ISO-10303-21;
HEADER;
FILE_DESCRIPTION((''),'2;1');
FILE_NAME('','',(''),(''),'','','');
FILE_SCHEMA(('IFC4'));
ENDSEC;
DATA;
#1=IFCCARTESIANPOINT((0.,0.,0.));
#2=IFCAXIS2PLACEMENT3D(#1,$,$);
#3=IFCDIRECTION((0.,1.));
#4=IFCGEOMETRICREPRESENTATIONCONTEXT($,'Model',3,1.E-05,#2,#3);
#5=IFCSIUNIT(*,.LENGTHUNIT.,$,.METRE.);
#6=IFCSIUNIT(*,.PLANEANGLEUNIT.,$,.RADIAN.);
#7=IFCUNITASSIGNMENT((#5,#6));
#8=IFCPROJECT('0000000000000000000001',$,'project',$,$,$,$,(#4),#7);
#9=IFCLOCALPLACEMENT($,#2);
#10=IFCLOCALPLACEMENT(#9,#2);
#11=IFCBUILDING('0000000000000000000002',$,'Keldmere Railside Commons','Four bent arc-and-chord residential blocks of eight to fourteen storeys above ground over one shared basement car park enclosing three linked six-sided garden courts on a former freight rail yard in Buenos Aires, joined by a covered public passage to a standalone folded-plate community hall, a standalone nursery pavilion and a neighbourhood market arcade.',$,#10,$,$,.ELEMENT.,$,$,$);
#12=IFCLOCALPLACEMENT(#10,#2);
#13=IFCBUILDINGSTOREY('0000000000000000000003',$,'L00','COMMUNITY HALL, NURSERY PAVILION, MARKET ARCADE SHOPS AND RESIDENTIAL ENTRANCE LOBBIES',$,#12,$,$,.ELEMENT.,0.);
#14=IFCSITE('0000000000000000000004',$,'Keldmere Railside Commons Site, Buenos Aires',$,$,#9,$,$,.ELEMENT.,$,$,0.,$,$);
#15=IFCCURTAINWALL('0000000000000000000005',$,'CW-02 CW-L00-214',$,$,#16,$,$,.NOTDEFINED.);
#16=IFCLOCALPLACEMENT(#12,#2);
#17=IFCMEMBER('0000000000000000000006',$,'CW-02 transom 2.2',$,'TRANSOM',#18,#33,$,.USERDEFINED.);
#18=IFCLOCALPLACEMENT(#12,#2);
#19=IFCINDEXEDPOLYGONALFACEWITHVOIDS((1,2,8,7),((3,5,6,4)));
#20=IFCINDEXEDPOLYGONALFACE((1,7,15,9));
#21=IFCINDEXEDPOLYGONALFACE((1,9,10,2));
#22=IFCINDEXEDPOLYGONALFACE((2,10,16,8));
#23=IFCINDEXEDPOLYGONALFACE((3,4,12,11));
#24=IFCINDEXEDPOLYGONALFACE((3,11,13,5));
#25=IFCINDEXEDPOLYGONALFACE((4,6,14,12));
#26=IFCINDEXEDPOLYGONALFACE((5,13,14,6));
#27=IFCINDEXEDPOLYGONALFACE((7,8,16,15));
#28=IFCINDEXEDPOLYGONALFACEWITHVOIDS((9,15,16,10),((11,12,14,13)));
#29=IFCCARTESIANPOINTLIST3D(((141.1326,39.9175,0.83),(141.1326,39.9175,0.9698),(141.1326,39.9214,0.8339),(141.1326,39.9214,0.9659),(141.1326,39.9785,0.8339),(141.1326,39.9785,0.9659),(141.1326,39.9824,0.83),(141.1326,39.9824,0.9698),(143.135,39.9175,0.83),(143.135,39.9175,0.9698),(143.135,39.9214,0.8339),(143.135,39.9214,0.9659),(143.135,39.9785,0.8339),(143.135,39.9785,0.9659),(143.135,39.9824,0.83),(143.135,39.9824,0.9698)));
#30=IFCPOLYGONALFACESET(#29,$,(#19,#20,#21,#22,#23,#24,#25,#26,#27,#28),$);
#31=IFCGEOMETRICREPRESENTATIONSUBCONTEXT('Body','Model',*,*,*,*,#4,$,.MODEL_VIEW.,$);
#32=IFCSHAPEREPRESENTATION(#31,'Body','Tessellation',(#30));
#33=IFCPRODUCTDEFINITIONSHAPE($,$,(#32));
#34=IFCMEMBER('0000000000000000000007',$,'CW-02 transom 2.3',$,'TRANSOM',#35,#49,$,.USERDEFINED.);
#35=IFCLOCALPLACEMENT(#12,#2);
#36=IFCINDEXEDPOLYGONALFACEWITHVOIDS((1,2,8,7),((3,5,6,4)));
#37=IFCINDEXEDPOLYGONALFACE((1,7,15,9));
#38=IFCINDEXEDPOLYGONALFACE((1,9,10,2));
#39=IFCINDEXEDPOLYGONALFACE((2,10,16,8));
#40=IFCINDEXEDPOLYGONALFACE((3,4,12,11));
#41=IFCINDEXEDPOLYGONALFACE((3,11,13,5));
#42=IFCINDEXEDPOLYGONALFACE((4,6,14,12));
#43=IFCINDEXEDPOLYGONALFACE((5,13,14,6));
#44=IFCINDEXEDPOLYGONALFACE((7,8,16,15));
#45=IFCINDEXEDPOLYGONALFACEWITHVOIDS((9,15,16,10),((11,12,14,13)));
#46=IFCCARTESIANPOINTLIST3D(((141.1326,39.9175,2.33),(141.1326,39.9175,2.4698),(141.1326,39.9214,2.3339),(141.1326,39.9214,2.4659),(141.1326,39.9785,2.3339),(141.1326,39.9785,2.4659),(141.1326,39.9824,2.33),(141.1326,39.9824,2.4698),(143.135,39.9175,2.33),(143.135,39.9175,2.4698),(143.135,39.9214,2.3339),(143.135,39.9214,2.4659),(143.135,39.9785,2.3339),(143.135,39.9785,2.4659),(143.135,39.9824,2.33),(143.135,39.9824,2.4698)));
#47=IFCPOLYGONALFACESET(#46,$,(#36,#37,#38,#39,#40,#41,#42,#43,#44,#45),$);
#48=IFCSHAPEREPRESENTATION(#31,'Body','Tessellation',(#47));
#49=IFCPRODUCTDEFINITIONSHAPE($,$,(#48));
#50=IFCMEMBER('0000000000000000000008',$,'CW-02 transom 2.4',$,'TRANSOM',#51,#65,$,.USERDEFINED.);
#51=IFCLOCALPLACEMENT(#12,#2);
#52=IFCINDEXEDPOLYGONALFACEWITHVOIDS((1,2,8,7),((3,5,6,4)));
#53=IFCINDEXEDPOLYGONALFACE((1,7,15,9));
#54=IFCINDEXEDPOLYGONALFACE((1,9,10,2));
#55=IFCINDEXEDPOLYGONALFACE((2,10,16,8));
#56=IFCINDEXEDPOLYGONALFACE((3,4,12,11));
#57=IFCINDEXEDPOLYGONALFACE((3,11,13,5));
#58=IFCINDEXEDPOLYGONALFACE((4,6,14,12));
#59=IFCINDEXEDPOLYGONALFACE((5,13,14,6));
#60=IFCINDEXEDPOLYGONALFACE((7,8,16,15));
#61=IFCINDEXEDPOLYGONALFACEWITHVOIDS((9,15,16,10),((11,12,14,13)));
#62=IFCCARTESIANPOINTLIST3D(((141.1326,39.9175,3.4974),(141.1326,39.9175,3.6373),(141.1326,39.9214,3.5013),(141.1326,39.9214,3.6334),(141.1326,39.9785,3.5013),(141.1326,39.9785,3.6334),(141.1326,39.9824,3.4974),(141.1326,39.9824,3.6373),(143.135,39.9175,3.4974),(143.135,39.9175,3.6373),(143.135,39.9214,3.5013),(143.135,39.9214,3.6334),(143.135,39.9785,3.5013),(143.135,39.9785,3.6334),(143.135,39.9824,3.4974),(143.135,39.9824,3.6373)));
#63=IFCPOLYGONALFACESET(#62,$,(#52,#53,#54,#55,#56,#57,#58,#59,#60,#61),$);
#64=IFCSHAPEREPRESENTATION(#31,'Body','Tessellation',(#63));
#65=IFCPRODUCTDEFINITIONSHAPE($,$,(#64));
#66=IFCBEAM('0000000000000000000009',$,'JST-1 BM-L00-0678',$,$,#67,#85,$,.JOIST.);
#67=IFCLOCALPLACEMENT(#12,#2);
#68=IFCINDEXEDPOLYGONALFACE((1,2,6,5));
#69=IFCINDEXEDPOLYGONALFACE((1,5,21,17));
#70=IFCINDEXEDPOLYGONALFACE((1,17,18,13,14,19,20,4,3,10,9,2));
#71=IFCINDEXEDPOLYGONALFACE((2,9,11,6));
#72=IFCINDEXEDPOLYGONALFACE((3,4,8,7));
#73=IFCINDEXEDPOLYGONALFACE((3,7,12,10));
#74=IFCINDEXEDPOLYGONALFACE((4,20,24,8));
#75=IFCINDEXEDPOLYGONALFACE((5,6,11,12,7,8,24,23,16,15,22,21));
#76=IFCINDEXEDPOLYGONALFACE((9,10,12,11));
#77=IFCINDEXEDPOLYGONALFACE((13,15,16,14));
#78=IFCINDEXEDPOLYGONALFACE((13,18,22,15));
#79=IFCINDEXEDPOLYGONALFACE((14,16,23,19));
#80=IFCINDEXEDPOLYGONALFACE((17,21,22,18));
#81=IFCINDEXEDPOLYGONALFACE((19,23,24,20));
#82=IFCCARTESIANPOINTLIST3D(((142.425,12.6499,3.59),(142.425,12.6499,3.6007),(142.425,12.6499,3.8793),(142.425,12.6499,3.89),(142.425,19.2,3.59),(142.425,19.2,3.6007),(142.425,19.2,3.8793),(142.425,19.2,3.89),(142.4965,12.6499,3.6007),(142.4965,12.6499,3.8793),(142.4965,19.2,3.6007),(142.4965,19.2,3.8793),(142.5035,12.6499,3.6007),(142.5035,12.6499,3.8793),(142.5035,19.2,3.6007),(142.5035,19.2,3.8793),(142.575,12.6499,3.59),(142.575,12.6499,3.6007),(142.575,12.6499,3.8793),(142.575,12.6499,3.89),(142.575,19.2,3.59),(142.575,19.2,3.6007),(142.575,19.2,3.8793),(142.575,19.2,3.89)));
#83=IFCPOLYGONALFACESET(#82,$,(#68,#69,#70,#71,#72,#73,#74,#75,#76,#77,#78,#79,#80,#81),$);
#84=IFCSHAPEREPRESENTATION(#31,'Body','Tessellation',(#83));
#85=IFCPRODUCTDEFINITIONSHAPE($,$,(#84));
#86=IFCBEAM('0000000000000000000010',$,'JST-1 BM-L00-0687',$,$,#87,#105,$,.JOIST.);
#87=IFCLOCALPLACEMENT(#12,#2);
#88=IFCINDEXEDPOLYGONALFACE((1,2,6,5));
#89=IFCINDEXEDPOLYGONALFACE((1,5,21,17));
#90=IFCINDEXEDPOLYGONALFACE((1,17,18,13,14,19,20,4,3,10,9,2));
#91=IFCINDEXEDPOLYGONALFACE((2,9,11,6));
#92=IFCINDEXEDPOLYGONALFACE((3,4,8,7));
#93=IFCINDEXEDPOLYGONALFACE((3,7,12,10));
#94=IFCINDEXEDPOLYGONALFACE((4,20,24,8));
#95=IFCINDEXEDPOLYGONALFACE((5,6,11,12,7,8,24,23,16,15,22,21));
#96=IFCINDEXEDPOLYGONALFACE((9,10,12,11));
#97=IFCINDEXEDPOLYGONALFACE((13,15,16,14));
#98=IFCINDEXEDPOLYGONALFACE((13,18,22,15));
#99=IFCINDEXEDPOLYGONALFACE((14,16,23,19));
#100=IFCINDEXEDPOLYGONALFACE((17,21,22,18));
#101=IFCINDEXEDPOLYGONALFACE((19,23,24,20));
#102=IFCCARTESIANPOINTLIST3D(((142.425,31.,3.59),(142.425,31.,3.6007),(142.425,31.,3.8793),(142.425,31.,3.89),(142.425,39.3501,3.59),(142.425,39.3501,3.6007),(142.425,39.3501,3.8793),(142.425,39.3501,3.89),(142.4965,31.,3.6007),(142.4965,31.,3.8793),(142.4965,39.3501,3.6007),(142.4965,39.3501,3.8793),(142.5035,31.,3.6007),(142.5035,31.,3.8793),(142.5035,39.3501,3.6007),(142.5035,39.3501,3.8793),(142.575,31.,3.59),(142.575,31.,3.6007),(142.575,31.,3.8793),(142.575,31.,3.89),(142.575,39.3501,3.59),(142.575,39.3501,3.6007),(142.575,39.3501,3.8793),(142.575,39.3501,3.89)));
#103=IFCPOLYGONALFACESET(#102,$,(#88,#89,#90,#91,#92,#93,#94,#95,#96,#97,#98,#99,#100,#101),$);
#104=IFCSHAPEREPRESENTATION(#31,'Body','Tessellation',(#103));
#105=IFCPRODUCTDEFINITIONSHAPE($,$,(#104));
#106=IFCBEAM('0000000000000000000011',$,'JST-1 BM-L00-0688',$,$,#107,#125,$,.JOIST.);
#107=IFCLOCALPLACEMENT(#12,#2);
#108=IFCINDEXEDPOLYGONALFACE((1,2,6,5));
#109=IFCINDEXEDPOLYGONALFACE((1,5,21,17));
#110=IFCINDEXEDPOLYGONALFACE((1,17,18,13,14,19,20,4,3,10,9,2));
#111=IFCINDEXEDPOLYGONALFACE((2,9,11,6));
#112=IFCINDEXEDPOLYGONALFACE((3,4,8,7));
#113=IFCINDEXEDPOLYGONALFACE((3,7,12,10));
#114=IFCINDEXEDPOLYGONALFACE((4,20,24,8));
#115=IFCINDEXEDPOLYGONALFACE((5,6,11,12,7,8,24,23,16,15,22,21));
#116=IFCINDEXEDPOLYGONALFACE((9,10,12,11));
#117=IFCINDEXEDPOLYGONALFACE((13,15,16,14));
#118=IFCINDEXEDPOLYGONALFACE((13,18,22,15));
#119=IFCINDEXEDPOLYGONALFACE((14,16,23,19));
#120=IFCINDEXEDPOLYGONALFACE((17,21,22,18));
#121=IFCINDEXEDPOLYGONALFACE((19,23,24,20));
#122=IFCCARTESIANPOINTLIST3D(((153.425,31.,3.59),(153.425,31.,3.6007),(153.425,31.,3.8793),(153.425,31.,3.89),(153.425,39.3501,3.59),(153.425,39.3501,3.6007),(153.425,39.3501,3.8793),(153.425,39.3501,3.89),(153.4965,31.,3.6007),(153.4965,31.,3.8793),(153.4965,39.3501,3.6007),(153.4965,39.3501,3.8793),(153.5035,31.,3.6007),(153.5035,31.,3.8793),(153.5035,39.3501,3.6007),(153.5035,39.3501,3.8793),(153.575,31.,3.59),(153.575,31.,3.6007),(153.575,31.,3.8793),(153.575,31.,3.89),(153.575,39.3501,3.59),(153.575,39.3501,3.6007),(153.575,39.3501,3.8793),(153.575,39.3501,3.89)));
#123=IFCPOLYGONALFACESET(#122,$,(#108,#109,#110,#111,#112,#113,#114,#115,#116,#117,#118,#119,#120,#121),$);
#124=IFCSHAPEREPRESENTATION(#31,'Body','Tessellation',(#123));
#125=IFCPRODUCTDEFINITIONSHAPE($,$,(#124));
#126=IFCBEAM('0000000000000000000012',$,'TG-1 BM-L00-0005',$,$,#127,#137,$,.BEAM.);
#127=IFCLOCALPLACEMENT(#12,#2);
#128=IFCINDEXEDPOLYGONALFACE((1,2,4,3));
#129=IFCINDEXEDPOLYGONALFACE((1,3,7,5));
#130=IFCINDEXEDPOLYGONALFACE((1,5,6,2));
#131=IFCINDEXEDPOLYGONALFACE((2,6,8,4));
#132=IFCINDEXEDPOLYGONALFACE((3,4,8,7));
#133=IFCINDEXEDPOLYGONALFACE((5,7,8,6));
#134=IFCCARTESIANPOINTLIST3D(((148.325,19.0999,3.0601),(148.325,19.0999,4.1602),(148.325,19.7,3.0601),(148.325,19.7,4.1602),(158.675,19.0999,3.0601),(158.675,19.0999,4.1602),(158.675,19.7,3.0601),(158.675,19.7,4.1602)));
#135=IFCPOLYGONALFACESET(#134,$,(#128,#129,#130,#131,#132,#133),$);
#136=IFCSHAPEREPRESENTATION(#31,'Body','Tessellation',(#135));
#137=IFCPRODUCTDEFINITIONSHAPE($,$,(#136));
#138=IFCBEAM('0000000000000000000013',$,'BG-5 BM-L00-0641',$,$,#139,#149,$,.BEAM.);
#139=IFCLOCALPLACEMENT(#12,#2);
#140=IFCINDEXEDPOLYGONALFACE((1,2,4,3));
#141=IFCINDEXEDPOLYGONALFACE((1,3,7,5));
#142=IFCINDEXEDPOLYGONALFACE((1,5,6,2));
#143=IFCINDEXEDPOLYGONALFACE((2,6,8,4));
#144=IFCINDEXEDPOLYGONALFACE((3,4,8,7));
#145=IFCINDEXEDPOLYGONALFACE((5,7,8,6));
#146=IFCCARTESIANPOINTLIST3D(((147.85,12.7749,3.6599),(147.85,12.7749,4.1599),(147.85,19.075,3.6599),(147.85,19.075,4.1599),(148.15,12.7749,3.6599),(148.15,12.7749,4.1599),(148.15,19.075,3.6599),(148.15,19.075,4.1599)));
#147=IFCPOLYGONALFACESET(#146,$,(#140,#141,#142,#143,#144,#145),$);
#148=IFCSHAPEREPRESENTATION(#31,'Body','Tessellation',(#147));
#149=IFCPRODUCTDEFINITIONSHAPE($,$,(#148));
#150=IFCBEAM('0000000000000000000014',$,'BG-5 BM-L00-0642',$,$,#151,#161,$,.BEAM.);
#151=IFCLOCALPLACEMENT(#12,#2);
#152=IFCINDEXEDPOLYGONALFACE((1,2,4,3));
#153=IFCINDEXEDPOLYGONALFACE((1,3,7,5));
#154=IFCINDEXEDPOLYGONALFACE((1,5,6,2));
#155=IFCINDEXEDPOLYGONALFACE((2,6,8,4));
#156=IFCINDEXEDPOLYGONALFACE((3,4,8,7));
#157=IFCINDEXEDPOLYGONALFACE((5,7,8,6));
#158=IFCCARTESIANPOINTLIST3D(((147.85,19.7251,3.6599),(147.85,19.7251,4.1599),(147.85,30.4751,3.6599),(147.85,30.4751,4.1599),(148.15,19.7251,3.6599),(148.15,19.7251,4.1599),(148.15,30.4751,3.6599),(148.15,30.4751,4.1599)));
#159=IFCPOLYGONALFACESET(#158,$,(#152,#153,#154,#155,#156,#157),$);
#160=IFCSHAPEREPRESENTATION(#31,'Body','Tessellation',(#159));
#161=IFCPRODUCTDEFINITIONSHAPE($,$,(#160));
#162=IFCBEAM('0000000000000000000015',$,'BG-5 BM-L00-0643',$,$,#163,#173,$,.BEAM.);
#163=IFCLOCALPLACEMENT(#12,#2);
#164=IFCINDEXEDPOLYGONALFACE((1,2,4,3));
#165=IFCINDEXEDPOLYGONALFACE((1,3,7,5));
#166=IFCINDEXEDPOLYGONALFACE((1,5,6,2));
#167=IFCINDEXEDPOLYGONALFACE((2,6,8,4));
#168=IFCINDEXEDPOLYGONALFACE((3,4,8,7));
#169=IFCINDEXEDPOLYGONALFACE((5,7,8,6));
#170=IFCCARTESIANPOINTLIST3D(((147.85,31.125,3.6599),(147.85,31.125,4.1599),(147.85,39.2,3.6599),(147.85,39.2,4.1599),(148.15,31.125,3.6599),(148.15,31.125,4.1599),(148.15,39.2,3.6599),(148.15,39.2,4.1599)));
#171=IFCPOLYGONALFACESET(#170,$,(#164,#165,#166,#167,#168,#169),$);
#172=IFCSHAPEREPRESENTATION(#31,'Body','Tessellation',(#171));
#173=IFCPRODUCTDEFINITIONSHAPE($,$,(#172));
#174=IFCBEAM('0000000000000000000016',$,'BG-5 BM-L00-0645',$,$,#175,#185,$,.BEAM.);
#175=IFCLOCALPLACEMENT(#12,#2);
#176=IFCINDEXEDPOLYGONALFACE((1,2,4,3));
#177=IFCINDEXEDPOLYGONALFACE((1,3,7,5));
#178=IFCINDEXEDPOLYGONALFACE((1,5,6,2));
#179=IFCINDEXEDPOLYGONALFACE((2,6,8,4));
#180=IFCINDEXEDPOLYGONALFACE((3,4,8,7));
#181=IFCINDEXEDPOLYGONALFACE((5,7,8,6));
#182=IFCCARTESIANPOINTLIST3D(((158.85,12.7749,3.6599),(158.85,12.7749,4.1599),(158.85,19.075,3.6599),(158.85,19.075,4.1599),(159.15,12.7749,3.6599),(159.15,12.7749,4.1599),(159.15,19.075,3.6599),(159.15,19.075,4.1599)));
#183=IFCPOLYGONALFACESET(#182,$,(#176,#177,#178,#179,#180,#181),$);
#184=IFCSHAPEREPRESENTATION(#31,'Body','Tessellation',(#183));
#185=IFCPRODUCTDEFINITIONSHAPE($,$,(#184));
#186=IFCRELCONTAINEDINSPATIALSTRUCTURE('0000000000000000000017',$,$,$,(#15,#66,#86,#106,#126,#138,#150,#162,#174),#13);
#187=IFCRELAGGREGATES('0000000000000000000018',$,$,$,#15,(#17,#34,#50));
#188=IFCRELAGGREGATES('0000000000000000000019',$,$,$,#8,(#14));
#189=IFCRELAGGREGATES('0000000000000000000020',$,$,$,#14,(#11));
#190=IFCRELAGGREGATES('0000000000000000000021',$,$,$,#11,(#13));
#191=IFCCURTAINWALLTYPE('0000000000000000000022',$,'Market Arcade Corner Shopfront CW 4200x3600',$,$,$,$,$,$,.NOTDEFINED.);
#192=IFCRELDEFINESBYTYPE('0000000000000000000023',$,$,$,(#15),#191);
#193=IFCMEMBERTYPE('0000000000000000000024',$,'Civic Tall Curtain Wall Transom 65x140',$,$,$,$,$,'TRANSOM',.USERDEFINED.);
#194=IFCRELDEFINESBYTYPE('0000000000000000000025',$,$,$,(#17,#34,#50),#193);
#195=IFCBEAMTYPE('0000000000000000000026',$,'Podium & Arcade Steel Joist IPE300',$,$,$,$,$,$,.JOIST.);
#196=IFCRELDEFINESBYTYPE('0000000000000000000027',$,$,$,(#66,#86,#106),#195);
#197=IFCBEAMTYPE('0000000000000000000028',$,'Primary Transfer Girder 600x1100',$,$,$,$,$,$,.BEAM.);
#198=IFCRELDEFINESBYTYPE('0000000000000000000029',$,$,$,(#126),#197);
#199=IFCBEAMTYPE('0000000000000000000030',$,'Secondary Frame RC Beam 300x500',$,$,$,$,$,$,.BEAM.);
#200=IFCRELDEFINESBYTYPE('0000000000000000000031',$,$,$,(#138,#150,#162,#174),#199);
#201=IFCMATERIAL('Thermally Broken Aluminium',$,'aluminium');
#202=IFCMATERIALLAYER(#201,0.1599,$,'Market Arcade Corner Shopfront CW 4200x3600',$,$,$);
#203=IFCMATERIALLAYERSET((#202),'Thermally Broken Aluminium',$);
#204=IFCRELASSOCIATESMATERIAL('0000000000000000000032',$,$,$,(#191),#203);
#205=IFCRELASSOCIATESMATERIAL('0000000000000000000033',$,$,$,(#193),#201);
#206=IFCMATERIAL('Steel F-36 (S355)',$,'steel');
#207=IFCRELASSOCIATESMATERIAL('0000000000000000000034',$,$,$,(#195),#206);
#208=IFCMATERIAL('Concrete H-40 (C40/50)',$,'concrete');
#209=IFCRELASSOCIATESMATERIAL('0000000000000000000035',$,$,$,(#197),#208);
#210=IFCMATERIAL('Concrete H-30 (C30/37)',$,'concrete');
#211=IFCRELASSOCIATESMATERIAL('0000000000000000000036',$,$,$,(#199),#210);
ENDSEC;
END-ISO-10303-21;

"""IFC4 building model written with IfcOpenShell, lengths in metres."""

from ifc_helpers import new_model, si_unit, direction, frame, origin, origin_2d, place, context, subcontext, project, spatial, rectangle, hollow_rectangle, i_section, extrude, material, layer, layer_set, material_profile, profile_set, type_object, element, aggregate, save


model = new_model("IFC4")

# Units and contexts
model_context = context("Model", 3, precision=1e-05, world=origin(), true_north=direction((0.0, 1.0)))
body_context = subcontext(model_context, "Body", "Model", "MODEL_VIEW")
ifc_project = project(units=[si_unit("LENGTHUNIT", "METRE"), si_unit("PLANEANGLEUNIT", "RADIAN")], contexts=[model_context])

# Site, building, storey
site_placement = place(None, origin())
site = spatial("IfcSite", under=ifc_project, at=site_placement, Name="Keldmere Railside Commons Site, Buenos Aires", CompositionType="ELEMENT", RefElevation=0.0)
building_placement = place(site_placement, origin())
building = spatial("IfcBuilding", under=site, at=building_placement, Name="Keldmere Railside Commons", Description="Four bent arc-and-chord residential blocks of eight to fourteen storeys above ground over one shared basement car park enclosing three linked six-sided garden courts on a former freight rail yard in Buenos Aires, joined by a covered public passage to a standalone folded-plate community hall, a standalone nursery pavilion and a neighbourhood market arcade.", CompositionType="ELEMENT")
storey_placement = place(building_placement, origin())
storey = spatial("IfcBuildingStorey", under=building, at=storey_placement, Name="L00", Description="COMMUNITY HALL, NURSERY PAVILION, MARKET ARCADE SHOPS AND RESIDENTIAL ENTRANCE LOBBIES", CompositionType="ELEMENT", Elevation=0.0)

# Shared definitions
ifc_material_1 = material(Name="Concrete H-40 (C40/50)", Category="concrete")

# Shared definitions
ifc_material_2 = material(Name="Steel F-36 (S355)", Category="steel")

# Curtain wall, members
ifc_material_3 = material(Name="Thermally Broken Aluminium", Category="aluminium")
ifc_layer_1 = layer(ifc_material_3, 0.1599, Name="Market Arcade Corner Shopfront CW 4200x3600")
ifc_layer_set_1 = layer_set([ifc_layer_1], Name="Thermally Broken Aluminium")
curtain_wall_type = type_object("IfcCurtainWallType", Name="Market Arcade Corner Shopfront CW 4200x3600", PredefinedType="NOTDEFINED", material=ifc_layer_set_1)
curtain_wall_placement = place(storey_placement, origin())
curtain_wall = element("IfcCurtainWall", 1, at=curtain_wall_placement, inside=storey, type_object=curtain_wall_type, Name="CW-02 CW-L00-214", PredefinedType="NOTDEFINED")
ifc_material_profile_1 = material_profile(ifc_material_3, hollow_rectangle(XDim=0.0649, YDim=0.1399, WallThickness=0.0039, at=origin_2d()), Name="ALU-TRAN-65x140")
ifc_profile_set_1 = profile_set([ifc_material_profile_1], Name="Thermally Broken Aluminium")
member_type_1 = type_object("IfcMemberType", Name="Civic Tall Curtain Wall Transom 65x140", ElementType="TRANSOM", PredefinedType="USERDEFINED", material=ifc_profile_set_1)
member_1_placement = place(storey_placement, frame((141.1326, 39.95, 0.8999), z_axis=(1.0, 0.0, 0.0), x_axis=(0.0, 1.0, 0.0)))
member_1 = element("IfcMember", 2, at=member_1_placement, type_object=member_type_1, Name="CW-02 transom 2.2", ObjectType="TRANSOM", PredefinedType="USERDEFINED", context=body_context, shape_type="SweptSolid", body=[
    extrude(hollow_rectangle(XDim=0.0649, YDim=0.1399, WallThickness=0.0039, at=origin_2d()), origin(), (0.0, 0.0, 1.0), 2.0024),
])
member_2_placement = place(storey_placement, frame((141.1326, 39.95, 2.3999), z_axis=(1.0, 0.0, 0.0), x_axis=(0.0, 1.0, 0.0)))
member_2 = element("IfcMember", 3, at=member_2_placement, type_object=member_type_1, Name="CW-02 transom 2.3", ObjectType="TRANSOM", PredefinedType="USERDEFINED", context=body_context, shape_type="SweptSolid", body=[
    extrude(hollow_rectangle(XDim=0.0649, YDim=0.1399, WallThickness=0.0039, at=origin_2d()), origin(), (0.0, 0.0, 1.0), 2.0024),
])
member_3_placement = place(storey_placement, frame((141.1326, 39.95, 3.5674), z_axis=(1.0, 0.0, 0.0), x_axis=(0.0, 1.0, 0.0)))
member_3 = element("IfcMember", 4, at=member_3_placement, type_object=member_type_1, Name="CW-02 transom 2.4", ObjectType="TRANSOM", PredefinedType="USERDEFINED", context=body_context, shape_type="SweptSolid", body=[
    extrude(hollow_rectangle(XDim=0.0649, YDim=0.1399, WallThickness=0.0039, at=origin_2d()), origin(), (0.0, 0.0, 1.0), 2.0024),
])

# Beams
ifc_material_profile_2 = material_profile(ifc_material_2, i_section(OverallWidth=0.1499, OverallDepth=0.3, WebThickness=0.0071, FlangeThickness=0.0107, at=origin_2d()), Name="IPE-300")
ifc_profile_set_2 = profile_set([ifc_material_profile_2], Name="Steel F-36 (S355)")
beam_type_1 = type_object("IfcBeamType", Name="Podium & Arcade Steel Joist IPE300", PredefinedType="JOIST", material=ifc_profile_set_2)
beam_1_placement = place(storey_placement, frame((142.5, 12.6499, 3.74), z_axis=(0.0, 1.0, 0.0), x_axis=(-1.0, 0.0, 0.0)))
element("IfcBeam", 5, at=beam_1_placement, inside=storey, type_object=beam_type_1, Name="JST-1 BM-L00-0678", PredefinedType="JOIST", context=body_context, shape_type="SweptSolid", body=[
    extrude(i_section(OverallWidth=0.1499, OverallDepth=0.3, WebThickness=0.0071, FlangeThickness=0.0107, at=origin_2d()), origin(), (0.0, 0.0, 1.0), 6.55),
])
for number, where, z_axis, x_axis, name in (
    (6, (142.5, 31.0, 3.74), (0.0, 1.0, 0.0), (-1.0, 0.0, 0.0), "JST-1 BM-L00-0687"),
    (7, (153.5, 31.0, 3.74), (0.0, 1.0, 0.0), (-1.0, 0.0, 0.0), "JST-1 BM-L00-0688"),
):
    element("IfcBeam", number, at=place(storey_placement, frame(where, z_axis=z_axis, x_axis=x_axis)), inside=storey, type_object=beam_type_1, Name=name, PredefinedType="JOIST", context=body_context, shape_type="SweptSolid", body=[
        extrude(i_section(OverallWidth=0.1499, OverallDepth=0.3, WebThickness=0.0071, FlangeThickness=0.0107, at=origin_2d()), origin(), (0.0, 0.0, 1.0), 8.3501),
    ])
ifc_material_profile_3 = material_profile(ifc_material_1, rectangle(XDim=0.6001, YDim=1.1001, at=origin_2d()), Name="RC-600x1100")
ifc_profile_set_3 = profile_set([ifc_material_profile_3], Name="Concrete H-40 (C40/50)")
beam_type_2 = type_object("IfcBeamType", Name="Primary Transfer Girder 600x1100", PredefinedType="BEAM", material=ifc_profile_set_3)
beam_2_placement = place(storey_placement, frame((148.325, 19.3999, 3.6101), z_axis=(1.0, 0.0, 0.0), x_axis=(0.0, 1.0, 0.0)))
element("IfcBeam", 8, at=beam_2_placement, inside=storey, type_object=beam_type_2, Name="TG-1 BM-L00-0005", PredefinedType="BEAM", context=body_context, shape_type="SweptSolid", body=[
    extrude(rectangle(XDim=0.6001, YDim=1.1001, at=origin_2d()), origin(), (0.0, 0.0, 1.0), 10.3501),
])
ifc_material_4 = material(Name="Concrete H-30 (C30/37)", Category="concrete")
ifc_material_profile_4 = material_profile(ifc_material_4, rectangle(XDim=0.3, YDim=0.5, at=origin_2d()), Name="RC-300x500")
ifc_profile_set_4 = profile_set([ifc_material_profile_4], Name="Concrete H-30 (C30/37)")
beam_type_3 = type_object("IfcBeamType", Name="Secondary Frame RC Beam 300x500", PredefinedType="BEAM", material=ifc_profile_set_4)
beam_3_placement = place(storey_placement, frame((148.0, 12.7749, 3.9099), z_axis=(0.0, 1.0, 0.0), x_axis=(-1.0, 0.0, 0.0)))
element("IfcBeam", 9, at=beam_3_placement, inside=storey, type_object=beam_type_3, Name="BG-5 BM-L00-0641", PredefinedType="BEAM", context=body_context, shape_type="SweptSolid", body=[
    extrude(rectangle(XDim=0.3, YDim=0.5, at=origin_2d()), origin(), (0.0, 0.0, 1.0), 6.3),
])
beam_4_placement = place(storey_placement, frame((148.0, 19.7251, 3.9099), z_axis=(0.0, 1.0, 0.0), x_axis=(-1.0, 0.0, 0.0)))
element("IfcBeam", 10, at=beam_4_placement, inside=storey, type_object=beam_type_3, Name="BG-5 BM-L00-0642", PredefinedType="BEAM", context=body_context, shape_type="SweptSolid", body=[
    extrude(rectangle(XDim=0.3, YDim=0.5, at=origin_2d()), origin(), (0.0, 0.0, 1.0), 10.75),
])
beam_5_placement = place(storey_placement, frame((148.0, 31.125, 3.9099), z_axis=(0.0, 1.0, 0.0), x_axis=(-1.0, 0.0, 0.0)))
element("IfcBeam", 11, at=beam_5_placement, inside=storey, type_object=beam_type_3, Name="BG-5 BM-L00-0643", PredefinedType="BEAM", context=body_context, shape_type="SweptSolid", body=[
    extrude(rectangle(XDim=0.3, YDim=0.5, at=origin_2d()), origin(), (0.0, 0.0, 1.0), 8.075),
])
beam_6_placement = place(storey_placement, frame((159.0, 12.7749, 3.9099), z_axis=(0.0, 1.0, 0.0), x_axis=(-1.0, 0.0, 0.0)))
element("IfcBeam", 12, at=beam_6_placement, inside=storey, type_object=beam_type_3, Name="BG-5 BM-L00-0645", PredefinedType="BEAM", context=body_context, shape_type="SweptSolid", body=[
    extrude(rectangle(XDim=0.3, YDim=0.5, at=origin_2d()), origin(), (0.0, 0.0, 1.0), 6.3),
])

aggregate(curtain_wall, [member_1, member_2, member_3])

save(model, "model.ifc")
